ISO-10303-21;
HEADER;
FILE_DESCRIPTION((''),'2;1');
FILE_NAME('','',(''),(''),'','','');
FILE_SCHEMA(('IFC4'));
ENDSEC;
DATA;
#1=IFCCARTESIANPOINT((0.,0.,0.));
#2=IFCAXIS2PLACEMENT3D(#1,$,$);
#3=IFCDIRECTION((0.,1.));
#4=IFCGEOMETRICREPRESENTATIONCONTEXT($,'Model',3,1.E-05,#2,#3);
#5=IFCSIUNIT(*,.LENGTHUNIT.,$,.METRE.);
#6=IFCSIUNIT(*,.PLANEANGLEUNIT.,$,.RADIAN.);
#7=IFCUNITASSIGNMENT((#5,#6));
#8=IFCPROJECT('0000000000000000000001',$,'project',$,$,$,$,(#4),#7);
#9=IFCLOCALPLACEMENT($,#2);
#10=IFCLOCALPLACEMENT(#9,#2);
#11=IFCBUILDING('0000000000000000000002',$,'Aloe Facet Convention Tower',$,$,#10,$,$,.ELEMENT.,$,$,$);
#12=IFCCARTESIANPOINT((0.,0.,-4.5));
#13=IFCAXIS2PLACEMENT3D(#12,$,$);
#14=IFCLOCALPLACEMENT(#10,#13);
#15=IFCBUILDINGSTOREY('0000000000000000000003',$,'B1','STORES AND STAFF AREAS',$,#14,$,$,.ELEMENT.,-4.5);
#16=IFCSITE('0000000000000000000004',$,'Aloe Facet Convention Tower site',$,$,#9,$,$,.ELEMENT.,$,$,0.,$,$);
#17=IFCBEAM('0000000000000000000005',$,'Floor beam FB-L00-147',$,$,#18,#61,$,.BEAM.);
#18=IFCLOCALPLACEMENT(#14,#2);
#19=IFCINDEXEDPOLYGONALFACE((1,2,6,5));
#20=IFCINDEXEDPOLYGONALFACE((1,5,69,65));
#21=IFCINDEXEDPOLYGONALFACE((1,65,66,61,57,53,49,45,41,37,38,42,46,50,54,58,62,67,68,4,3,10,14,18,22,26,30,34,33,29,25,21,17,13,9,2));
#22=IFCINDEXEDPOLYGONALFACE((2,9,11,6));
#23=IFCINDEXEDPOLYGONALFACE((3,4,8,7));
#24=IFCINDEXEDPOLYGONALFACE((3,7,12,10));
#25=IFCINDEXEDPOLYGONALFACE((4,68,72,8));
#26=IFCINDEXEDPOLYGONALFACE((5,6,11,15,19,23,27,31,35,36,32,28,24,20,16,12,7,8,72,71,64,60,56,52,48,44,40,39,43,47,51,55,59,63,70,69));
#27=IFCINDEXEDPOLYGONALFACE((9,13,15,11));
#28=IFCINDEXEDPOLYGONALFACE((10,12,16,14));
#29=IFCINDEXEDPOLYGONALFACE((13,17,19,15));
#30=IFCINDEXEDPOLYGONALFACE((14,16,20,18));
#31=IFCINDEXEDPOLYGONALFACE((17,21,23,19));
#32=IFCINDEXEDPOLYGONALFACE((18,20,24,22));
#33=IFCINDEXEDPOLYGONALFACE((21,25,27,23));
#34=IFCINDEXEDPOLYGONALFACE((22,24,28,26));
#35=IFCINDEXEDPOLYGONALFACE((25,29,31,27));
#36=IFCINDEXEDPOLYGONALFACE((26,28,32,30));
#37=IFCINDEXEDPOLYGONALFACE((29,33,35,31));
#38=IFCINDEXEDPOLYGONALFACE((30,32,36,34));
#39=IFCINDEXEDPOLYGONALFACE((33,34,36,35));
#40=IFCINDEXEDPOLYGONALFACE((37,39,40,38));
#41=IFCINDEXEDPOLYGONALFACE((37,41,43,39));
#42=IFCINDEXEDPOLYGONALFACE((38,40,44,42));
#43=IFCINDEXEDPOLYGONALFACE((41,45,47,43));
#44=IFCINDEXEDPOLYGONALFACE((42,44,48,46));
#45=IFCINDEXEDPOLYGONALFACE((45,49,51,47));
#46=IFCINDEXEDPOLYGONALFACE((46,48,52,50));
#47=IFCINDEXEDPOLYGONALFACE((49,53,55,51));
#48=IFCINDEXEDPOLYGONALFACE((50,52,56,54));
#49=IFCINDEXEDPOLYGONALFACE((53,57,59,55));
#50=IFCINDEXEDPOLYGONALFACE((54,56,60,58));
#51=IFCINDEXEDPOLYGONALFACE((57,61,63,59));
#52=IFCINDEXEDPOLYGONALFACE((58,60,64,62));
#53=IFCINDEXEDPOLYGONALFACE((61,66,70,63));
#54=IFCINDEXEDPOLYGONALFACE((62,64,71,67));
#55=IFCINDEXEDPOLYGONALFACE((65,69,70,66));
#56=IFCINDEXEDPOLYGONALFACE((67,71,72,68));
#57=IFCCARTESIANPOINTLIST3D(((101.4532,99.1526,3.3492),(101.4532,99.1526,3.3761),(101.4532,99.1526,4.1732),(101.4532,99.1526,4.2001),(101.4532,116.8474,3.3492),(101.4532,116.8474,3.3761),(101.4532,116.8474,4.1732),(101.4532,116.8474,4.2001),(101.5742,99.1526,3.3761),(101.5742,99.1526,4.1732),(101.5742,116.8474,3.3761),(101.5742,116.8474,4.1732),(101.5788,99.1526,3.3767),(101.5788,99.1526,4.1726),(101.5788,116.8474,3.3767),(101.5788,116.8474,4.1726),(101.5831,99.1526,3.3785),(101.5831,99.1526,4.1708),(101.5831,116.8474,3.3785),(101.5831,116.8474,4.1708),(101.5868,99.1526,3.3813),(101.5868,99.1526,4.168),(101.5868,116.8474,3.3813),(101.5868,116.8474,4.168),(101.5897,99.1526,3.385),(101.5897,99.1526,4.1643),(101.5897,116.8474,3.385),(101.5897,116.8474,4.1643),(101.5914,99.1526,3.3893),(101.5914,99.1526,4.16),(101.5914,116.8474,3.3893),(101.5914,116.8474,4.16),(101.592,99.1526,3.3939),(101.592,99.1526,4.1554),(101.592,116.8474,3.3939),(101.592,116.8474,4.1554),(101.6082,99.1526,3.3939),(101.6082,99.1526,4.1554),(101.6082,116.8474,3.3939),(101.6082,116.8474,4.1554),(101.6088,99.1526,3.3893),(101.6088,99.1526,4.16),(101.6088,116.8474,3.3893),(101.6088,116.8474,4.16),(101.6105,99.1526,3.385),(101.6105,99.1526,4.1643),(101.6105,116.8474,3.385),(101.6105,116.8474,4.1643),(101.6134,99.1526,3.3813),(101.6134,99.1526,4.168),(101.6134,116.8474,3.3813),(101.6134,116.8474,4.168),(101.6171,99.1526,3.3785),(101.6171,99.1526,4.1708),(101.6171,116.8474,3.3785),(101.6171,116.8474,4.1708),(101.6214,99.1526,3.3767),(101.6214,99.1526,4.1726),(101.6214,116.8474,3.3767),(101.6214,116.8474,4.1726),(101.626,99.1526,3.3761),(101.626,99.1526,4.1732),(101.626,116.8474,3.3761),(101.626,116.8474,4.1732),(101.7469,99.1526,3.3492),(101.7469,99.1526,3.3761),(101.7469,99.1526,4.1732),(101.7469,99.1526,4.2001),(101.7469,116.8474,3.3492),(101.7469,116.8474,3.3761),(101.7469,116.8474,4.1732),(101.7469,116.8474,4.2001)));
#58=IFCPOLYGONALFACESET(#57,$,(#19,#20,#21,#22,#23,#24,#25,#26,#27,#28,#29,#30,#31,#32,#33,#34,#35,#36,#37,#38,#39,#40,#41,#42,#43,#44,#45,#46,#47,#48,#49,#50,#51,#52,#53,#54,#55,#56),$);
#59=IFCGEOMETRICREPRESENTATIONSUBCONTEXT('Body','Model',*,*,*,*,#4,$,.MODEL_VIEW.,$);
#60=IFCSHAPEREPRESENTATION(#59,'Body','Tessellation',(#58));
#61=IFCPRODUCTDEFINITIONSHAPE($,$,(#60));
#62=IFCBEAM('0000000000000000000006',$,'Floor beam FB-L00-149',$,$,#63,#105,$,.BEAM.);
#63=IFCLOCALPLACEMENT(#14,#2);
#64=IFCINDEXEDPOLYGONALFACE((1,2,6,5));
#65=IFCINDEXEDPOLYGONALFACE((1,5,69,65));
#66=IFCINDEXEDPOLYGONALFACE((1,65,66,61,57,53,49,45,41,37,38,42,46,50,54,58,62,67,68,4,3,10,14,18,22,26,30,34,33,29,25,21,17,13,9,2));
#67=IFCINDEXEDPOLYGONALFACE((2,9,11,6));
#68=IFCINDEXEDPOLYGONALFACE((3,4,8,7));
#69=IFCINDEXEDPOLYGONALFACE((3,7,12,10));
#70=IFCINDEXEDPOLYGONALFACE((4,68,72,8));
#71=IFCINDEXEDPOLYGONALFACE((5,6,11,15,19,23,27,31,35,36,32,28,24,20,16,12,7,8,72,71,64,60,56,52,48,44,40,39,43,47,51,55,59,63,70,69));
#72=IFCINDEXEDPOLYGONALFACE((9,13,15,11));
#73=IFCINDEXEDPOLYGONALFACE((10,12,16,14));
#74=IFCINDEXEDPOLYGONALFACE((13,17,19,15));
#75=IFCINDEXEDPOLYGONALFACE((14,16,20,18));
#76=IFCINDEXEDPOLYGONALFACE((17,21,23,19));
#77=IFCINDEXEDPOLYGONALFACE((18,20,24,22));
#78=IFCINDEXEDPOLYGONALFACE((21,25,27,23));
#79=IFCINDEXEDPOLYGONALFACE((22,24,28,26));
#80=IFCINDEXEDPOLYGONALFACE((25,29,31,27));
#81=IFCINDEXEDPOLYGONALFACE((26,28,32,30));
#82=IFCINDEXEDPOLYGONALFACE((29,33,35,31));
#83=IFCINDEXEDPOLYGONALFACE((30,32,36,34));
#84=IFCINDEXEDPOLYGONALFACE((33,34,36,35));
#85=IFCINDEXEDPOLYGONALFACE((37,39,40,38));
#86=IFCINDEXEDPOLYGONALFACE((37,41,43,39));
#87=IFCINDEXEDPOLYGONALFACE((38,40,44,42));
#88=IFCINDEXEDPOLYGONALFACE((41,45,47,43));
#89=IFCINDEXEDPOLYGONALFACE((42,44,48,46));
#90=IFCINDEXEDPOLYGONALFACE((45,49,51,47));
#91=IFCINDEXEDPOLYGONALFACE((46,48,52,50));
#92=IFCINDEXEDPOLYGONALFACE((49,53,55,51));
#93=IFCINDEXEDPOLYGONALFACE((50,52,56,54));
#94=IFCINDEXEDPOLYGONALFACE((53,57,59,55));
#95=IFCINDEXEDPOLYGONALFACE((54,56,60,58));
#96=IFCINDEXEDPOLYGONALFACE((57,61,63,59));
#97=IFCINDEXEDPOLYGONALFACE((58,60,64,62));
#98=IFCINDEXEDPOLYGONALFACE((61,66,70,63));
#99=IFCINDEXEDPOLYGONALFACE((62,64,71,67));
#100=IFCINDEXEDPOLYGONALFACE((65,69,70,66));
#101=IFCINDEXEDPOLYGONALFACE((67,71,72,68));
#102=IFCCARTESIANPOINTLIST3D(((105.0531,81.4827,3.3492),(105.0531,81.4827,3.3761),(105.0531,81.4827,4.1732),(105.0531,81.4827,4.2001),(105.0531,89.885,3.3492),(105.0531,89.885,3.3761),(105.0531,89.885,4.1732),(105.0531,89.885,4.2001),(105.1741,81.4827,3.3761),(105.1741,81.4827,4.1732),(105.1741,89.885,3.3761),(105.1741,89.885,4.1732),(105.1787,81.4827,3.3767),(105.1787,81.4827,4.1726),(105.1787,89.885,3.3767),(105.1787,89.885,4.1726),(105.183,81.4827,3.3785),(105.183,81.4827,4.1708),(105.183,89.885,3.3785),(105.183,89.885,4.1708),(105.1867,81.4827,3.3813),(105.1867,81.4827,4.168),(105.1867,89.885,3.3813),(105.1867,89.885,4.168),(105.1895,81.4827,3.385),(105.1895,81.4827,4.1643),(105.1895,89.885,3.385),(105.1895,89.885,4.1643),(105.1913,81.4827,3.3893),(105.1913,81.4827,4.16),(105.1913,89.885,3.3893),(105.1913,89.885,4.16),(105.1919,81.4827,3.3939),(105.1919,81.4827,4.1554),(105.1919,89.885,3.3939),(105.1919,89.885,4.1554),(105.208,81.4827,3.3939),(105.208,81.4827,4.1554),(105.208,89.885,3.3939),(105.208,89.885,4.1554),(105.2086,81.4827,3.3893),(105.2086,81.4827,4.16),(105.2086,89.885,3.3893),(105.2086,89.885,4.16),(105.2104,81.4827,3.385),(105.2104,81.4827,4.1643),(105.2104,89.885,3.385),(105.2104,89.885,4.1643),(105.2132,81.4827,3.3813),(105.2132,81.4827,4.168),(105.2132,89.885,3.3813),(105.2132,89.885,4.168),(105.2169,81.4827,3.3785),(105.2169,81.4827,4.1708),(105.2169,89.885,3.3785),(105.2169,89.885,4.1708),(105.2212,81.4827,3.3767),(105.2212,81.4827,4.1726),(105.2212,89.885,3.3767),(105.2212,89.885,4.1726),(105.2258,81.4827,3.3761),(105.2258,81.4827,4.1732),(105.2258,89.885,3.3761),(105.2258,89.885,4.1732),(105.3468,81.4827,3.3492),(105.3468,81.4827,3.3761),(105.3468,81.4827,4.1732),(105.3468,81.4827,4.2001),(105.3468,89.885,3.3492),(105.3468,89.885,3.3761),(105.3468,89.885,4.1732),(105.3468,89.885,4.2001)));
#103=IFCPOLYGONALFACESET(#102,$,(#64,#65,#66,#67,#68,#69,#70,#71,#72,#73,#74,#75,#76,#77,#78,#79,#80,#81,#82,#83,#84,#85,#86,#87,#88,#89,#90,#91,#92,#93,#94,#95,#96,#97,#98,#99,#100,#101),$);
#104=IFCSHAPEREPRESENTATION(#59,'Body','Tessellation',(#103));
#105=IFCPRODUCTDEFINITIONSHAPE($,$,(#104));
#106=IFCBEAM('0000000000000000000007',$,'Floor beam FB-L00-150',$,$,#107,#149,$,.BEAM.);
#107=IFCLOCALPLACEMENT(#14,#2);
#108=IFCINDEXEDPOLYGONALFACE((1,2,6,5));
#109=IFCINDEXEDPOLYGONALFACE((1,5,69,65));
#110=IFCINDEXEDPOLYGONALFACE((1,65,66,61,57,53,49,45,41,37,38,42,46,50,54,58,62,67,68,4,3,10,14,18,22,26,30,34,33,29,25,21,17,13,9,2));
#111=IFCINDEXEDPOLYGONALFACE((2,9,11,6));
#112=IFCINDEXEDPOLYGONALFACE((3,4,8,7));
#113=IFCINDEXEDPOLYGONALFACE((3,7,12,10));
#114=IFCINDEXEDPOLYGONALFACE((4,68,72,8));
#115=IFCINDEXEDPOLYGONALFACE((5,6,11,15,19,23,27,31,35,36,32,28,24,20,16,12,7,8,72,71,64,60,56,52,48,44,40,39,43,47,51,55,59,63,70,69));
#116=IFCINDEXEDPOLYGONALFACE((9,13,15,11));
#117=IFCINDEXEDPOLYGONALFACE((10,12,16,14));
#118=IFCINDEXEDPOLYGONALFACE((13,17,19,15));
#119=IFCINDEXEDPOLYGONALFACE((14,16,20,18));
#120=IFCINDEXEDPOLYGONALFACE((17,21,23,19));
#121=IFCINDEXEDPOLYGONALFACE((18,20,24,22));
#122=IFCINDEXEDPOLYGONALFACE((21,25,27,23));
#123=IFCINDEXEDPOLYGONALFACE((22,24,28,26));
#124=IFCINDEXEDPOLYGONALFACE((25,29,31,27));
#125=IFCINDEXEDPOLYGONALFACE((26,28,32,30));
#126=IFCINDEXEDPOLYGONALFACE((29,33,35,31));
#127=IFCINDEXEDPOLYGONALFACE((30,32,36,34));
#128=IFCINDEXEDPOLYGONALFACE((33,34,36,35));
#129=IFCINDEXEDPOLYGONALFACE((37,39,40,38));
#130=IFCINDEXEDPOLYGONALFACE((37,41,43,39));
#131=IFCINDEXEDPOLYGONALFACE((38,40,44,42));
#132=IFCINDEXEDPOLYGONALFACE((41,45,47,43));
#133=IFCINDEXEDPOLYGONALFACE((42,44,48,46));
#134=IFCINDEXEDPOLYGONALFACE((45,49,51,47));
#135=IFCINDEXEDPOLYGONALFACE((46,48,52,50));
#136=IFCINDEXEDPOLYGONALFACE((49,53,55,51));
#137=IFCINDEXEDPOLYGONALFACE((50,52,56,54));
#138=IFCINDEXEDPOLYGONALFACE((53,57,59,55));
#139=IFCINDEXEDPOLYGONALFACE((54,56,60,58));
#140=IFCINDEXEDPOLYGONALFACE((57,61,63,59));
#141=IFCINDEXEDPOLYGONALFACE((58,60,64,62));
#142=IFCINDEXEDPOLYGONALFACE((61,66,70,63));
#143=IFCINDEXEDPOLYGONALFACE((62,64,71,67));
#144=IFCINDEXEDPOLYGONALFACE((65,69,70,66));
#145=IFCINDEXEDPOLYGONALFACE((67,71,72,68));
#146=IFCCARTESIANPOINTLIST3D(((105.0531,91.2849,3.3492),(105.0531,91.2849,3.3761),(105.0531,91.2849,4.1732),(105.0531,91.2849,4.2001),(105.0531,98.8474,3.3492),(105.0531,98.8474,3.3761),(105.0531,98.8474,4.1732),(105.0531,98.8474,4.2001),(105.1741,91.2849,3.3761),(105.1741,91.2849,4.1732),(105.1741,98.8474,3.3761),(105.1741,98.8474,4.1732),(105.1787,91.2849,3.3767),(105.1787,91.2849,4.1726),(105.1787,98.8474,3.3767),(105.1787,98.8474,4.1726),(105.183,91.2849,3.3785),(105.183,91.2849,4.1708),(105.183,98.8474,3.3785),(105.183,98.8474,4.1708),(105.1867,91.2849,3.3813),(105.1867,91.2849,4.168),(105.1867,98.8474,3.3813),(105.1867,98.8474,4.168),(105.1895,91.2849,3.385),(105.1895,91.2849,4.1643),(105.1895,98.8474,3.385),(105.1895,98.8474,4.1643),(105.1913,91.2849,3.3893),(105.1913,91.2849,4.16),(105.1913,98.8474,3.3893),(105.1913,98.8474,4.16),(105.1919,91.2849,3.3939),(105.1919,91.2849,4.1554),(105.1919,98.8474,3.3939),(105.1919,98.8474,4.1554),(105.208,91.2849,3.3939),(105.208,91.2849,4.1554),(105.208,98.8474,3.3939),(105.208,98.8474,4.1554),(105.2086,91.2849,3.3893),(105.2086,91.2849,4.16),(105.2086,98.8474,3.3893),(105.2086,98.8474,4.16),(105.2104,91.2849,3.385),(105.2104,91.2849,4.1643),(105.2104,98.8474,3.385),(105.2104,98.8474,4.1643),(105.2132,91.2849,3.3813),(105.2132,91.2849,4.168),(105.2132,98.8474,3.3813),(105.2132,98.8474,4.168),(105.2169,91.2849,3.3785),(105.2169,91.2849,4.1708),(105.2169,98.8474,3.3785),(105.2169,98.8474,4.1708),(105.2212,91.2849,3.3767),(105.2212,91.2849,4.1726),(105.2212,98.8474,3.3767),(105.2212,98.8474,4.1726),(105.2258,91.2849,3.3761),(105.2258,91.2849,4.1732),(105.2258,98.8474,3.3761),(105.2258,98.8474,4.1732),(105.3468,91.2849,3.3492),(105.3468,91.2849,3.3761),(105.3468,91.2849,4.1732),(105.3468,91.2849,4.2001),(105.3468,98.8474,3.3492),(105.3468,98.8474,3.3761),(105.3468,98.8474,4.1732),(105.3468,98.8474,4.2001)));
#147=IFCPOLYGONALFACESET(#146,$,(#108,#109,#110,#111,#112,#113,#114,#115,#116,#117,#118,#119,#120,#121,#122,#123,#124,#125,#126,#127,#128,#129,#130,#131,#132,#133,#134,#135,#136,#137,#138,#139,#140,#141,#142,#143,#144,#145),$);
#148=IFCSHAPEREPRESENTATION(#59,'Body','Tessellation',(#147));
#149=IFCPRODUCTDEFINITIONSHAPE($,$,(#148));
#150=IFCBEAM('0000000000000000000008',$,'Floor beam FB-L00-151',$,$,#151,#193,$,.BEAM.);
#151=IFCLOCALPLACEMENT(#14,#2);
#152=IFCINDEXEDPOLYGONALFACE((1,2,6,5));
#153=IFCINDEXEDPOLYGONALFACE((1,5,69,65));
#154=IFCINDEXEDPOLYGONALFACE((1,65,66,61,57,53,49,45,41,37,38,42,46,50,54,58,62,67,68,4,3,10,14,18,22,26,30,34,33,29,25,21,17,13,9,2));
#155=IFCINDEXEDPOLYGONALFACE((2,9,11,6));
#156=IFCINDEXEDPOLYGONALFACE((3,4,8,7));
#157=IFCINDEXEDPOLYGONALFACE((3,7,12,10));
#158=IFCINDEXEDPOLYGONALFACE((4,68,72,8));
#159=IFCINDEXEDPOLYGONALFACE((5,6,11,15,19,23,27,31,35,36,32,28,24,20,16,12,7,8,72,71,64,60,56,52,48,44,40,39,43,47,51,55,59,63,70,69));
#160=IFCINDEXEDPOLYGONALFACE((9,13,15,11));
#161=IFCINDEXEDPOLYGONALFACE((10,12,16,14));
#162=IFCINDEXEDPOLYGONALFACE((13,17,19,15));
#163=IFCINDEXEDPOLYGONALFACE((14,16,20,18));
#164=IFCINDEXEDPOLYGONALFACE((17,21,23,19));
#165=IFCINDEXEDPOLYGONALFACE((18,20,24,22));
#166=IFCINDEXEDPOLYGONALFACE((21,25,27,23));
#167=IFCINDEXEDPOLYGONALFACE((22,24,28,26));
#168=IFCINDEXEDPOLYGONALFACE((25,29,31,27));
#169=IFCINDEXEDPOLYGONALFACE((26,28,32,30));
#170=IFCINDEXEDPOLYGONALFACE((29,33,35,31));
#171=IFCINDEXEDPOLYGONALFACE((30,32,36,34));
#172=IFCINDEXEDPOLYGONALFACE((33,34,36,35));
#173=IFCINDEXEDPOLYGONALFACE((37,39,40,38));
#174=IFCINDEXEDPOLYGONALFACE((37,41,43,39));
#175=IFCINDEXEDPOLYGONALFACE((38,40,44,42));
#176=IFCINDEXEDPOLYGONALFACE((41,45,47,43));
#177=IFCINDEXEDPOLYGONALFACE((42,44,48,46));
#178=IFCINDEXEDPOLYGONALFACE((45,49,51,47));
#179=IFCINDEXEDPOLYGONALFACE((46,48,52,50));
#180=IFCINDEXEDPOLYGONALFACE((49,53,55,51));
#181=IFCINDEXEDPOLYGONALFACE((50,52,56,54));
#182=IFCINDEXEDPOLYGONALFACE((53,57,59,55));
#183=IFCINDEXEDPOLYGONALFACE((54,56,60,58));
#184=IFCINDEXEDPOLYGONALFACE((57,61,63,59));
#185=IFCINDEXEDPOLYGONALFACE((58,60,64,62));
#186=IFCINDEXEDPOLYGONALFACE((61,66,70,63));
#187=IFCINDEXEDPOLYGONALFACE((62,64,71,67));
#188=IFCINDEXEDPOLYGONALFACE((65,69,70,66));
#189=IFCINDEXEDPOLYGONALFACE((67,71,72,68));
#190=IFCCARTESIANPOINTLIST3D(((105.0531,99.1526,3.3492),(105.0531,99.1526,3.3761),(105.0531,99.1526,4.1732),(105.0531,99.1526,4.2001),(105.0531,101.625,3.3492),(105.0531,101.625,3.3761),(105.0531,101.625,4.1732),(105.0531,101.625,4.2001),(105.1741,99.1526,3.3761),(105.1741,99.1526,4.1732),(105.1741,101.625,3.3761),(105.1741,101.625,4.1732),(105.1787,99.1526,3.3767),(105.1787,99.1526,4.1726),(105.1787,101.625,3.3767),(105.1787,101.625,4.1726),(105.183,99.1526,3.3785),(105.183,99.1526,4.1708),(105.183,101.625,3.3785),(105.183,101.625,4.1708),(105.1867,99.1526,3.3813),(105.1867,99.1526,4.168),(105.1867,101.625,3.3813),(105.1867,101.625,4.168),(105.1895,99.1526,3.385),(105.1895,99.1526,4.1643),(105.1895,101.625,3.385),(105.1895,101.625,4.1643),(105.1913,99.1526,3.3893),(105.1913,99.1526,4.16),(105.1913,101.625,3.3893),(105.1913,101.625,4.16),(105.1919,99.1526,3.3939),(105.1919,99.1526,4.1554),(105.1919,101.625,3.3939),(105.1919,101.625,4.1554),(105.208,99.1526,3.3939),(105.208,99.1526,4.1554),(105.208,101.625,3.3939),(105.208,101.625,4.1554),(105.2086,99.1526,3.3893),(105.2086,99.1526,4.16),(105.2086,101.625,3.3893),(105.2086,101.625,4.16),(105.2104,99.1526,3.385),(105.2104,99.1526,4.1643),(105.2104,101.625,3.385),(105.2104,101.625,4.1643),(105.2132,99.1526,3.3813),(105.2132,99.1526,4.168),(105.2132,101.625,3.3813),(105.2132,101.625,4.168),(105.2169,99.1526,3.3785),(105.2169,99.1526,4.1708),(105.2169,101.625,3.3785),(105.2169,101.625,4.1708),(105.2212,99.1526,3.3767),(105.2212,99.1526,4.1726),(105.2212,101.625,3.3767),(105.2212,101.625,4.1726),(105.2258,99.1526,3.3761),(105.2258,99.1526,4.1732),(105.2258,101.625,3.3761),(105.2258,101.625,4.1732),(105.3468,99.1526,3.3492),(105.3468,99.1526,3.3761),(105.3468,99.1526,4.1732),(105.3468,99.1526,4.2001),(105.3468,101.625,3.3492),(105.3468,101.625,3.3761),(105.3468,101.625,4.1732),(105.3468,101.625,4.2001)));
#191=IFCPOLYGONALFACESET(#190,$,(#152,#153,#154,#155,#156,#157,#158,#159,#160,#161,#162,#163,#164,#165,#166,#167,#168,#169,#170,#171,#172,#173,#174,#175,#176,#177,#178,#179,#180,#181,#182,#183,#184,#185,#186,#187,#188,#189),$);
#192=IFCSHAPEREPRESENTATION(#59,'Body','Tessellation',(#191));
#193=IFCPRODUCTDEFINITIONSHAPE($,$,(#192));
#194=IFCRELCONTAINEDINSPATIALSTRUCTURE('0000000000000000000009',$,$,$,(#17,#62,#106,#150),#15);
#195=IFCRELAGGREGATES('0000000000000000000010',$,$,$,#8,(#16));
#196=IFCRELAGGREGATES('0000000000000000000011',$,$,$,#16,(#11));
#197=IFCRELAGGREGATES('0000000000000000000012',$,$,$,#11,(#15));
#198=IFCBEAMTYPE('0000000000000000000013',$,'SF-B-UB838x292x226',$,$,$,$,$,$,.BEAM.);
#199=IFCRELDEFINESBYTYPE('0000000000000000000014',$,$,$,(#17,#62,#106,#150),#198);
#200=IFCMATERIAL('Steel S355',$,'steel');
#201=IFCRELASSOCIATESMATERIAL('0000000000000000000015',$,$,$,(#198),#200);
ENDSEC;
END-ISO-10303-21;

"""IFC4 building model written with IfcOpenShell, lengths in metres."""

from ifc_helpers import new_model, si_unit, direction, frame, origin, origin_2d, place, context, subcontext, project, spatial, i_section, extrude, material, material_profile, profile_set, type_object, element, save


model = new_model("IFC4")

# Units and contexts
model_context = context("Model", 3, precision=1e-05, world=origin(), true_north=direction((0.0, 1.0)))
body_context = subcontext(model_context, "Body", "Model", "MODEL_VIEW")
ifc_project = project(units=[si_unit("LENGTHUNIT", "METRE"), si_unit("PLANEANGLEUNIT", "RADIAN")], contexts=[model_context])

# Site, building, storey
site_placement = place(None, origin())
site = spatial("IfcSite", under=ifc_project, at=site_placement, Name="Aloe Facet Convention Tower site", CompositionType="ELEMENT", RefElevation=0.0)
building_placement = place(site_placement, origin())
building = spatial("IfcBuilding", under=site, at=building_placement, Name="Aloe Facet Convention Tower", CompositionType="ELEMENT")
storey_placement = place(building_placement, frame((0.0, 0.0, -4.5)))
storey = spatial("IfcBuildingStorey", under=building, at=storey_placement, Name="B1", Description="STORES AND STAFF AREAS", CompositionType="ELEMENT", Elevation=-4.5)

# Beams
ifc_material_1 = material(Name="Steel S355", Category="steel")
ifc_material_profile_1 = material_profile(ifc_material_1, i_section(OverallWidth=0.2937, OverallDepth=0.8508, WebThickness=0.0161, FlangeThickness=0.0269, FilletRadius=0.0178, at=origin_2d()), Name="UB 838x292x226")
ifc_profile_set_1 = profile_set([ifc_material_profile_1], Name="Steel S355")
beam_type_1 = type_object("IfcBeamType", Name="SF-B-UB838x292x226", PredefinedType="BEAM", material=ifc_profile_set_1)
for number, where, z_axis, x_axis, name in (
    (1, (101.6001, 99.1526, 3.7747), (0.0, 1.0, 0.0), (-1.0, 0.0, 0.0), "Floor beam FB-L00-147"),
):
    element("IfcBeam", number, at=place(storey_placement, frame(where, z_axis=z_axis, x_axis=x_axis)), inside=storey, type_object=beam_type_1, Name=name, PredefinedType="BEAM", context=body_context, shape_type="SweptSolid", body=[
        extrude(i_section(OverallWidth=0.2937, OverallDepth=0.8508, WebThickness=0.0161, FlangeThickness=0.0269, FilletRadius=0.0178, at=origin_2d()), origin(), (0.0, 0.0, 1.0), 17.6948),
    ])
beam_1_placement = place(storey_placement, frame((105.2, 81.4827, 3.7747), z_axis=(0.0, 1.0, 0.0), x_axis=(-1.0, 0.0, 0.0)))
element("IfcBeam", 2, at=beam_1_placement, inside=storey, type_object=beam_type_1, Name="Floor beam FB-L00-149", PredefinedType="BEAM", context=body_context, shape_type="SweptSolid", body=[
    extrude(i_section(OverallWidth=0.2937, OverallDepth=0.8508, WebThickness=0.0161, FlangeThickness=0.0269, FilletRadius=0.0178, at=origin_2d()), origin(), (0.0, 0.0, 1.0), 8.4023),
])
beam_2_placement = place(storey_placement, frame((105.2, 91.2849, 3.7747), z_axis=(0.0, 1.0, 0.0), x_axis=(-1.0, 0.0, 0.0)))
element("IfcBeam", 3, at=beam_2_placement, inside=storey, type_object=beam_type_1, Name="Floor beam FB-L00-150", PredefinedType="BEAM", context=body_context, shape_type="SweptSolid", body=[
    extrude(i_section(OverallWidth=0.2937, OverallDepth=0.8508, WebThickness=0.0161, FlangeThickness=0.0269, FilletRadius=0.0178, at=origin_2d()), origin(), (0.0, 0.0, 1.0), 7.5625),
])
beam_3_placement = place(storey_placement, frame((105.2, 99.1526, 3.7747), z_axis=(0.0, 1.0, 0.0), x_axis=(-1.0, 0.0, 0.0)))
element("IfcBeam", 4, at=beam_3_placement, inside=storey, type_object=beam_type_1, Name="Floor beam FB-L00-151", PredefinedType="BEAM", context=body_context, shape_type="SweptSolid", body=[
    extrude(i_section(OverallWidth=0.2937, OverallDepth=0.8508, WebThickness=0.0161, FlangeThickness=0.0269, FilletRadius=0.0178, at=origin_2d()), origin(), (0.0, 0.0, 1.0), 2.4724),
])

save(model, "model.ifc")
